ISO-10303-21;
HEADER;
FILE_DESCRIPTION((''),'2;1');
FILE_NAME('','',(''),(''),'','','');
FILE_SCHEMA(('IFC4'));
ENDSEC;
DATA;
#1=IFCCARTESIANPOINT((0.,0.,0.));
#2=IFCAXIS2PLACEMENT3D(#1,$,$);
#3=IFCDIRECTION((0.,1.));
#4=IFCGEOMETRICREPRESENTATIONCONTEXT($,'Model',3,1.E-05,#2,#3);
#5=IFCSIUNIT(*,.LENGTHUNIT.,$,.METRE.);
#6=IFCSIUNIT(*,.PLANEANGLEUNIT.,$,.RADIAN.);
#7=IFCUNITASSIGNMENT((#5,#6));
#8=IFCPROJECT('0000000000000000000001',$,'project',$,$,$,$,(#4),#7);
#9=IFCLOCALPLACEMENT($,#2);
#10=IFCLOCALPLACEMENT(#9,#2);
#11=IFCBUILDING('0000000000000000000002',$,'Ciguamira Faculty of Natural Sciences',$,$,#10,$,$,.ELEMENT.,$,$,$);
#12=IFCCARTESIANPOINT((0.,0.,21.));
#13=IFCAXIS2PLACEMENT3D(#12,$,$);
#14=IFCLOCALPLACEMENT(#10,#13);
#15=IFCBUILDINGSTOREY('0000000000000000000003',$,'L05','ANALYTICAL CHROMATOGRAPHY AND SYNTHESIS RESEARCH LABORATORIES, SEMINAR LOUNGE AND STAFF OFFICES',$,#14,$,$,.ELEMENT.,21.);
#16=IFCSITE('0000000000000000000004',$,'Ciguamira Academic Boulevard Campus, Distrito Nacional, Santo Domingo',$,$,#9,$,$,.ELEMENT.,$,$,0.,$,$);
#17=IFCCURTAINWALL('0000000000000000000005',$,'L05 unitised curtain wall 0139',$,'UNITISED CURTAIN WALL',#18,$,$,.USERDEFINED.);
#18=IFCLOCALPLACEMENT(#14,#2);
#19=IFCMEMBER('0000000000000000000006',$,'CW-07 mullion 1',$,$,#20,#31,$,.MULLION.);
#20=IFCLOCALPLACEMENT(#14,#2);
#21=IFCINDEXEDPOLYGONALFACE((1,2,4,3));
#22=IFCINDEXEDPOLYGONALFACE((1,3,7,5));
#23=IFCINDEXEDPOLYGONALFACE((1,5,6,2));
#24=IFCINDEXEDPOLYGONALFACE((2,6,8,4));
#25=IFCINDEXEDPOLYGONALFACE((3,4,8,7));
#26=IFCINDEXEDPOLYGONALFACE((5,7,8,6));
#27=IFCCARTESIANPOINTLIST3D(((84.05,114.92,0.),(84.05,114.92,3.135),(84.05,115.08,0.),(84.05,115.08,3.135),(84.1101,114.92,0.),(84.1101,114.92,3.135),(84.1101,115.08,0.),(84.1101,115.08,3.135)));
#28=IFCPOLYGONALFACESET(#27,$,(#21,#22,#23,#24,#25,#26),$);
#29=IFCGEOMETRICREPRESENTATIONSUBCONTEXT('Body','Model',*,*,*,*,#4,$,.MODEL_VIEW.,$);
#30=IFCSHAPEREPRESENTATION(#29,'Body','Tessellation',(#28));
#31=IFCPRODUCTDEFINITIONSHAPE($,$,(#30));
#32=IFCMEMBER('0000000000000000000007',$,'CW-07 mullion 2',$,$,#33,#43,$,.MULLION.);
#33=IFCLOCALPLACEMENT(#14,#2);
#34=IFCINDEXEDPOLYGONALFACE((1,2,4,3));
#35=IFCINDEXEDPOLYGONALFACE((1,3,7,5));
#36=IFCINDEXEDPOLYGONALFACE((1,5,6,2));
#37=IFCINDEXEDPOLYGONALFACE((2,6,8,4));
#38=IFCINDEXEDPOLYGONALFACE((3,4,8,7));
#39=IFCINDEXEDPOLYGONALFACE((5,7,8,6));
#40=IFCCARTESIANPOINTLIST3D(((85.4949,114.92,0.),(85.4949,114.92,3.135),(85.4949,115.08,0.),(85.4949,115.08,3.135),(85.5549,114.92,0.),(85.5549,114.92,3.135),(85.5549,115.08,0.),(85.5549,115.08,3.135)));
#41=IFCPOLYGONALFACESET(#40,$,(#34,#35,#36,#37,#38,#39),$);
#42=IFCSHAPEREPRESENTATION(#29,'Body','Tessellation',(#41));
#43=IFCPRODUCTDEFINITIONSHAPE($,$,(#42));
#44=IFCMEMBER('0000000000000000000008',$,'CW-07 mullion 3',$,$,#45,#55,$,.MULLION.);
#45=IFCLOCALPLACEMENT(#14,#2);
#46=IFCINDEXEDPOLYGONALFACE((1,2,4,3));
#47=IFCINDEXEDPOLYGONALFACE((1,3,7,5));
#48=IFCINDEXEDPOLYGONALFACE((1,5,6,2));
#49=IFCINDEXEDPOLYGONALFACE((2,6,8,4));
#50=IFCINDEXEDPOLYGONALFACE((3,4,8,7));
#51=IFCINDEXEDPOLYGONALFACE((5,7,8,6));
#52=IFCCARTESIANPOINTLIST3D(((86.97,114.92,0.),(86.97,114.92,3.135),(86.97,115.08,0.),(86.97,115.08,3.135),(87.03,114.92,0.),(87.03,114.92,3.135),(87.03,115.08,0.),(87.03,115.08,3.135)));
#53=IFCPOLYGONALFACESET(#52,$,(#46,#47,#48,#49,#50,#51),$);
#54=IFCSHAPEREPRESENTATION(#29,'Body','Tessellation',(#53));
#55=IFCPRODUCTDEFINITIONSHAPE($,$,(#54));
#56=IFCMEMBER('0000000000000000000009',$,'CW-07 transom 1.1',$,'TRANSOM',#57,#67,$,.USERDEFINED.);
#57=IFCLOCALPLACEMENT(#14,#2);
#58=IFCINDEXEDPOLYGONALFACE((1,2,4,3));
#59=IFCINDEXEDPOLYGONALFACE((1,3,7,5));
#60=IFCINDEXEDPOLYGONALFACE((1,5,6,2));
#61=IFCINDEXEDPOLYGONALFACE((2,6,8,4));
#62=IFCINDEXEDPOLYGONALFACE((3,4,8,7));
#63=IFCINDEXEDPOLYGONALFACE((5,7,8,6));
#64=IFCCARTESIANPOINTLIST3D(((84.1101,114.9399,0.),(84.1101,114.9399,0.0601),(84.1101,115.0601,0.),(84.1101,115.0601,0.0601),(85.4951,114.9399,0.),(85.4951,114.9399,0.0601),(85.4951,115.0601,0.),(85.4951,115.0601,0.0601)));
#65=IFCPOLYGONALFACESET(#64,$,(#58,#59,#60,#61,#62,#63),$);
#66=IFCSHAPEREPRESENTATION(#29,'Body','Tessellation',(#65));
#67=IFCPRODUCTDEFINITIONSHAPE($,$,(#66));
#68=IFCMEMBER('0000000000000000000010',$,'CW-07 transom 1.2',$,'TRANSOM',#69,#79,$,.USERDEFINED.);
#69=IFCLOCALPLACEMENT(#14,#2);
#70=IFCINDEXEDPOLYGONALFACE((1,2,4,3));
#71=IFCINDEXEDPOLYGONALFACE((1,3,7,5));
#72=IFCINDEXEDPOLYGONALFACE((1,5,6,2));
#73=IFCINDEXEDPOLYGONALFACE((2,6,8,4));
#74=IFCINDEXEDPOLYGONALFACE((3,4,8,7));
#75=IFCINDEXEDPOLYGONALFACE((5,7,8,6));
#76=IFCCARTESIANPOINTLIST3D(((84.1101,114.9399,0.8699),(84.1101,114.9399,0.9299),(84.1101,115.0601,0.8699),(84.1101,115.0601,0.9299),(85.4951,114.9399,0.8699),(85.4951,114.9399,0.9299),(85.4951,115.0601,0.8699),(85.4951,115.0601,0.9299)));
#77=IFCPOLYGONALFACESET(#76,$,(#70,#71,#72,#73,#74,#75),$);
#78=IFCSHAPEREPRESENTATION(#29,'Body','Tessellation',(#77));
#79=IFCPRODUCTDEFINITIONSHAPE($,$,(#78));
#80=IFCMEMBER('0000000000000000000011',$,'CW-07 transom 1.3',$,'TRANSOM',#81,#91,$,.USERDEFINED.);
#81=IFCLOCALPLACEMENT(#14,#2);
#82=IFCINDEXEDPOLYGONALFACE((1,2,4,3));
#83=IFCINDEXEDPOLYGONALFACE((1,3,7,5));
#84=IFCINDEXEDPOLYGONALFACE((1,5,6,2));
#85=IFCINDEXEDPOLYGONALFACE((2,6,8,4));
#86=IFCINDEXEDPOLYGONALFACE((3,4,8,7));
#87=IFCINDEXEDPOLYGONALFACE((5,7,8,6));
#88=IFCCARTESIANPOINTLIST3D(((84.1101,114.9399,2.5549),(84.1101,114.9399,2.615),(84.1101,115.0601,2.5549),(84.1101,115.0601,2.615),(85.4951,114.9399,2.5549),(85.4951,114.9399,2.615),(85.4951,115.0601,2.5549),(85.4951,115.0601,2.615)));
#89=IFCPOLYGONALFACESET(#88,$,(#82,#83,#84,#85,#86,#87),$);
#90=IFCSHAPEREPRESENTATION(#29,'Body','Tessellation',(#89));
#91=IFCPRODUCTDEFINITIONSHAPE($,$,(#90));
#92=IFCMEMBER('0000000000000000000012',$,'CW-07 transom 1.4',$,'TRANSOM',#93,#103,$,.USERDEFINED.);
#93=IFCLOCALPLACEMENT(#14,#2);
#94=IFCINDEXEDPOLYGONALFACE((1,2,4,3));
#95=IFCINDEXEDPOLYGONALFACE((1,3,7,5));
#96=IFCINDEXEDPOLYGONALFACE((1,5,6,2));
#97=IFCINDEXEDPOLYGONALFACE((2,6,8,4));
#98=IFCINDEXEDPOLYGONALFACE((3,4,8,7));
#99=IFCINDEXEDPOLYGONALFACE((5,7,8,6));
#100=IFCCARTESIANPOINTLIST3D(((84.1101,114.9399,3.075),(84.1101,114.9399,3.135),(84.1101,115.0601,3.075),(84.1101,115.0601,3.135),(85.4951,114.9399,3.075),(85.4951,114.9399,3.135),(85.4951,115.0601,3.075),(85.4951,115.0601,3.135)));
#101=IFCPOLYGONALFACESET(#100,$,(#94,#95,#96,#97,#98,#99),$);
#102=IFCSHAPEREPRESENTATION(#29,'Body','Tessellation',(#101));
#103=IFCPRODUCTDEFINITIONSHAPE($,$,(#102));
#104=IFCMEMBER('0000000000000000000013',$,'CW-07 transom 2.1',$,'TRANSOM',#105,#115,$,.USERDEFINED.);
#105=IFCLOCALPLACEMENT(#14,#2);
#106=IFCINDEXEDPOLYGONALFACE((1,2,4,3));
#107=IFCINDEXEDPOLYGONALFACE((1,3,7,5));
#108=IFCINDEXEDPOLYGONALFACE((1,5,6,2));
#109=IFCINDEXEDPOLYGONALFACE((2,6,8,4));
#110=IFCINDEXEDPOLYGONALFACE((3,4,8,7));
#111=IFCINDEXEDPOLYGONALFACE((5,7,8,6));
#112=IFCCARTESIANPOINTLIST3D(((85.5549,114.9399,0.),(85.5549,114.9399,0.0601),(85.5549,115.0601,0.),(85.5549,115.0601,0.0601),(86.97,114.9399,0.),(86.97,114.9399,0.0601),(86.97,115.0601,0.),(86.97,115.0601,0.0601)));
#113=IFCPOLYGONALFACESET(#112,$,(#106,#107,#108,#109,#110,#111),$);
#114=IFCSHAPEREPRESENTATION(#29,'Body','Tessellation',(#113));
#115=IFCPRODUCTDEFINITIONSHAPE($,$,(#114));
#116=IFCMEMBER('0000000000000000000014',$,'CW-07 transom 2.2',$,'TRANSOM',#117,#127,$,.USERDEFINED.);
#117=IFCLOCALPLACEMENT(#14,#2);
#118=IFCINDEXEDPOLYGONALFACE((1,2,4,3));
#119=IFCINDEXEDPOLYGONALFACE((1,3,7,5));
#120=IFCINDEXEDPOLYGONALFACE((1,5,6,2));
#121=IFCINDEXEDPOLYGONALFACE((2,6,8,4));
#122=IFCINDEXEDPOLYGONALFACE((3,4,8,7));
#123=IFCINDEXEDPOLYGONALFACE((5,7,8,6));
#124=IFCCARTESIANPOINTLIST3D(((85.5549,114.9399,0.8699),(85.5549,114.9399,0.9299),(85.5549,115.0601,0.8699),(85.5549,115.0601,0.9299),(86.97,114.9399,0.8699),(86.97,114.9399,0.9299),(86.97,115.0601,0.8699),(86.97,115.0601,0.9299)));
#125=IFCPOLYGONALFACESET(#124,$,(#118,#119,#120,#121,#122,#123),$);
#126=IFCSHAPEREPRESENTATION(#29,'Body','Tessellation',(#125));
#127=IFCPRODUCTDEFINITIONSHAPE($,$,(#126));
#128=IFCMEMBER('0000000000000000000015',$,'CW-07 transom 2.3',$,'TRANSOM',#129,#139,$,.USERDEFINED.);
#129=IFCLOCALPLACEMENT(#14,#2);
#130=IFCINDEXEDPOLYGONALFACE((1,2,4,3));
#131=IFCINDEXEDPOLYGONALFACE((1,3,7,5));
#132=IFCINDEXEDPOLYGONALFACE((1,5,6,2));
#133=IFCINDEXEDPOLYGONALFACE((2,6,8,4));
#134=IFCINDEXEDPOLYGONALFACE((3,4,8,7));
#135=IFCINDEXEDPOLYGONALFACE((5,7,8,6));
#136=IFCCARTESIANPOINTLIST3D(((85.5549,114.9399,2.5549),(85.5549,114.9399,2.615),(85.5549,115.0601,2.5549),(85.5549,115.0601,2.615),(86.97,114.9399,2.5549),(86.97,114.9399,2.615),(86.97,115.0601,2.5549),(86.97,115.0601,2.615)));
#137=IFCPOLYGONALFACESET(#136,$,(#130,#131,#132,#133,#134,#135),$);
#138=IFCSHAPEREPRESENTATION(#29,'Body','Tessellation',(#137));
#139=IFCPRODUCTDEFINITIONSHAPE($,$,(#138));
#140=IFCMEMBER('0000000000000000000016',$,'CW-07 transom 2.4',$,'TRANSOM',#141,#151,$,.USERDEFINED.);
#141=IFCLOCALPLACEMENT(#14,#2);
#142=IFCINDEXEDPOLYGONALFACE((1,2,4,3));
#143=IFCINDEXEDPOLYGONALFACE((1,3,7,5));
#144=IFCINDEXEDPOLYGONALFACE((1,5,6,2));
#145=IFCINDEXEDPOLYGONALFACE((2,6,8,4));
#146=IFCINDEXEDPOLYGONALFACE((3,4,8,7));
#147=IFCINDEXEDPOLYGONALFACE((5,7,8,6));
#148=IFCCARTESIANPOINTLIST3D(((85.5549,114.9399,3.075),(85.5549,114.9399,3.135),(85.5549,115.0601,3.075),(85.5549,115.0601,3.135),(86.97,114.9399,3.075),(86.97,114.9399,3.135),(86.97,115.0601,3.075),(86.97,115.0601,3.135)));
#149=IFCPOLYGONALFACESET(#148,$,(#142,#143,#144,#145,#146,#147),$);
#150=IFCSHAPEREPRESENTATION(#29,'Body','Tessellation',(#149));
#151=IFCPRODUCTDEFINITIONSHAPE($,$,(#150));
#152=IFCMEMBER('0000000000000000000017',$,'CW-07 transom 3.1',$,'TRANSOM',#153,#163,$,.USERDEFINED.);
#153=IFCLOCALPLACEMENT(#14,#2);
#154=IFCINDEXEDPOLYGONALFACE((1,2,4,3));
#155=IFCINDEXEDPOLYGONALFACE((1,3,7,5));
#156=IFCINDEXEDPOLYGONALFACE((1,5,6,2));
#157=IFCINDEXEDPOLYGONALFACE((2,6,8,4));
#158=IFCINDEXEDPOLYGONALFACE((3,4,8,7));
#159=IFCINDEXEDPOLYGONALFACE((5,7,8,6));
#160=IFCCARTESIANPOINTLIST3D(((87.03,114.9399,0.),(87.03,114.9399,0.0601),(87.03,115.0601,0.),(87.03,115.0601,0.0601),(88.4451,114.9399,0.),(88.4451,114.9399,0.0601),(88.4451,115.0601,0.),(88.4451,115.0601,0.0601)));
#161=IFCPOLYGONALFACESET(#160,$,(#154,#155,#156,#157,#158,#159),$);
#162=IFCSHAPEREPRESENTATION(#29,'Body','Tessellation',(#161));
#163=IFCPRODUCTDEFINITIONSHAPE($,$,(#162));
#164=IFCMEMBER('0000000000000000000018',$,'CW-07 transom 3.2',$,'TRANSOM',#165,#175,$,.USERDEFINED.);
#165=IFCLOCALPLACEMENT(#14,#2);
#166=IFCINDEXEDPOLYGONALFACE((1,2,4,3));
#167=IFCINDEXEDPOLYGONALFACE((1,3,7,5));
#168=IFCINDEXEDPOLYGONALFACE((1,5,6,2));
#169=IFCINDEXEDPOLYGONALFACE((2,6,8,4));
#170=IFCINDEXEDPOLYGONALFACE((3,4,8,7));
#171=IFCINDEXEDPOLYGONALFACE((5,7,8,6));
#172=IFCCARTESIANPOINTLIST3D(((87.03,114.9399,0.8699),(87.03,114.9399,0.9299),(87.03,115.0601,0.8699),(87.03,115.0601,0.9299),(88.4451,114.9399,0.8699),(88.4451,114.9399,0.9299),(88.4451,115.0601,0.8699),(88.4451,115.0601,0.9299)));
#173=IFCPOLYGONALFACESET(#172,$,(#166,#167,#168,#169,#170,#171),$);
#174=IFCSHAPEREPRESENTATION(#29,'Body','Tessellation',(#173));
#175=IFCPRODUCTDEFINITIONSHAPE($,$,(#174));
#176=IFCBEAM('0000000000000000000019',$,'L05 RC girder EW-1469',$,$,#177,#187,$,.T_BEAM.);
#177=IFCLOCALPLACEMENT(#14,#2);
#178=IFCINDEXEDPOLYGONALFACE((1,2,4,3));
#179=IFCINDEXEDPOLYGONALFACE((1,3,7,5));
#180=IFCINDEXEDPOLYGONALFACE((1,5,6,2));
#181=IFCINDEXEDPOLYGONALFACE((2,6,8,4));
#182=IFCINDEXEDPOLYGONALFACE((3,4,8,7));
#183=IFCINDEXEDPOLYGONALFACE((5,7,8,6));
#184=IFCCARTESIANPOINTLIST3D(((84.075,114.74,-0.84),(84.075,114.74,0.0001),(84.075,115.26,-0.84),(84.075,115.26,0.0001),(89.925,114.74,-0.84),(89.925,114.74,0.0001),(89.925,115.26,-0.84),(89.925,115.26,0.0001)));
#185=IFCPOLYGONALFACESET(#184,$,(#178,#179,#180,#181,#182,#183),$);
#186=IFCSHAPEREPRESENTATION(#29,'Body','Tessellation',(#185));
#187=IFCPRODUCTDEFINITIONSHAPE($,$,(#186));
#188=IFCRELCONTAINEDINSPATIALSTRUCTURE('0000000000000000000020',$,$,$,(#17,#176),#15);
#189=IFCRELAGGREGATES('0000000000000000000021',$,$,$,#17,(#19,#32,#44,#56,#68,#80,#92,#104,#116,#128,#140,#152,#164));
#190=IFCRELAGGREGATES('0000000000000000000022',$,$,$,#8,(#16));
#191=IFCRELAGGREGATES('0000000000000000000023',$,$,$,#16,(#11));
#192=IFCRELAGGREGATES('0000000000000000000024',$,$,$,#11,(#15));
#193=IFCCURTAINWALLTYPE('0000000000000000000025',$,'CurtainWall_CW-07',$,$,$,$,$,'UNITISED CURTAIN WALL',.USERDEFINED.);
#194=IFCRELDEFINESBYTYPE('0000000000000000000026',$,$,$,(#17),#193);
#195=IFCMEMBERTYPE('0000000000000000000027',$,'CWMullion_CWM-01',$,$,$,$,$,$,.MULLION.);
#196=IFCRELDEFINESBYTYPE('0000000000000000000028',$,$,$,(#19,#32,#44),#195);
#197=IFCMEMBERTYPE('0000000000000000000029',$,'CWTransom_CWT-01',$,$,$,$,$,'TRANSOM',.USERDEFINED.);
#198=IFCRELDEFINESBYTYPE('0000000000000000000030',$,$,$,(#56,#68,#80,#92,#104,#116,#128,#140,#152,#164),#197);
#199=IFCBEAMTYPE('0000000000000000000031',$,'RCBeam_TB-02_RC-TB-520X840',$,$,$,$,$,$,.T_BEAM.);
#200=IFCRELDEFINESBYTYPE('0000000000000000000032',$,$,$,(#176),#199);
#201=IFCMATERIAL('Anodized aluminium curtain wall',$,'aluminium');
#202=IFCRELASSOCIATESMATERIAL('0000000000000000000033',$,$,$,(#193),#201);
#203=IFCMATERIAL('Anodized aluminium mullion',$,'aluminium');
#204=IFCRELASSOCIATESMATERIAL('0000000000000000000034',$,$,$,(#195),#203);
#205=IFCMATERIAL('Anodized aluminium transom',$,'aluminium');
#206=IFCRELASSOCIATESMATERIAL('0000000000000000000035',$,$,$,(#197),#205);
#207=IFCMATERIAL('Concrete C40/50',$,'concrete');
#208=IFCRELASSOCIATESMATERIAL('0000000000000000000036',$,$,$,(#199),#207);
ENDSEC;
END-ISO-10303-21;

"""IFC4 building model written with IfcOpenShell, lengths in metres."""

from ifc_helpers import new_model, si_unit, direction, frame, origin, origin_2d, place, context, subcontext, project, spatial, rectangle, extrude, material, material_profile, profile_set, type_object, element, aggregate, save


model = new_model("IFC4")

# Units and contexts
model_context = context("Model", 3, precision=1e-05, world=origin(), true_north=direction((0.0, 1.0)))
body_context = subcontext(model_context, "Body", "Model", "MODEL_VIEW")
ifc_project = project(units=[si_unit("LENGTHUNIT", "METRE"), si_unit("PLANEANGLEUNIT", "RADIAN")], contexts=[model_context])

# Site, building, storey
site_placement = place(None, origin())
site = spatial("IfcSite", under=ifc_project, at=site_placement, Name="Ciguamira Academic Boulevard Campus, Distrito Nacional, Santo Domingo", CompositionType="ELEMENT", RefElevation=0.0)
building_placement = place(site_placement, origin())
building = spatial("IfcBuilding", under=site, at=building_placement, Name="Ciguamira Faculty of Natural Sciences", CompositionType="ELEMENT")
storey_placement = place(building_placement, frame((0.0, 0.0, 21.0)))
storey = spatial("IfcBuildingStorey", under=building, at=storey_placement, Name="L05", Description="ANALYTICAL CHROMATOGRAPHY AND SYNTHESIS RESEARCH LABORATORIES, SEMINAR LOUNGE AND STAFF OFFICES", CompositionType="ELEMENT", Elevation=21.0)

# Curtain wall, members
ifc_material_1 = material(Name="Anodized aluminium curtain wall", Category="aluminium")
curtain_wall_type = type_object("IfcCurtainWallType", Name="CurtainWall_CW-07", ElementType="UNITISED CURTAIN WALL", PredefinedType="USERDEFINED", material=ifc_material_1)
curtain_wall_placement = place(storey_placement, origin())
curtain_wall = element("IfcCurtainWall", 1, at=curtain_wall_placement, inside=storey, type_object=curtain_wall_type, Name="L05 unitised curtain wall 0139", ObjectType="UNITISED CURTAIN WALL", PredefinedType="USERDEFINED")
ifc_material_2 = material(Name="Anodized aluminium mullion", Category="aluminium")
ifc_material_profile_1 = material_profile(ifc_material_2, rectangle(XDim=0.0601, YDim=0.1599, at=origin_2d()), Name="ALU-MUL-60X160")
ifc_profile_set_1 = profile_set([ifc_material_profile_1], Name="Anodized aluminium mullion")
member_type_1 = type_object("IfcMemberType", Name="CWMullion_CWM-01", PredefinedType="MULLION", material=ifc_profile_set_1)
member_1_placement = place(storey_placement, frame((84.0801, 115.0, 0.0), z_axis=(0.0, 0.0, 1.0), x_axis=(1.0, 0.0, 0.0)))
member_1 = element("IfcMember", 2, at=member_1_placement, type_object=member_type_1, Name="CW-07 mullion 1", PredefinedType="MULLION", context=body_context, shape_type="SweptSolid", body=[
    extrude(rectangle(XDim=0.0601, YDim=0.1599, at=origin_2d()), origin(), (0.0, 0.0, 1.0), 3.135),
])
member_2_placement = place(storey_placement, frame((85.5249, 115.0, 0.0), z_axis=(0.0, 0.0, 1.0), x_axis=(1.0, 0.0, 0.0)))
member_2 = element("IfcMember", 3, at=member_2_placement, type_object=member_type_1, Name="CW-07 mullion 2", PredefinedType="MULLION", context=body_context, shape_type="SweptSolid", body=[
    extrude(rectangle(XDim=0.0601, YDim=0.1599, at=origin_2d()), origin(), (0.0, 0.0, 1.0), 3.135),
])
member_3_placement = place(storey_placement, frame((87.0, 115.0, 0.0), z_axis=(0.0, 0.0, 1.0), x_axis=(1.0, 0.0, 0.0)))
member_3 = element("IfcMember", 4, at=member_3_placement, type_object=member_type_1, Name="CW-07 mullion 3", PredefinedType="MULLION", context=body_context, shape_type="SweptSolid", body=[
    extrude(rectangle(XDim=0.0601, YDim=0.1599, at=origin_2d()), origin(), (0.0, 0.0, 1.0), 3.135),
])
ifc_material_3 = material(Name="Anodized aluminium transom", Category="aluminium")
ifc_material_profile_2 = material_profile(ifc_material_3, rectangle(XDim=0.0601, YDim=0.1201, at=origin_2d()), Name="ALU-TRN-60X120")
ifc_profile_set_2 = profile_set([ifc_material_profile_2], Name="Anodized aluminium transom")
member_type_2 = type_object("IfcMemberType", Name="CWTransom_CWT-01", ElementType="TRANSOM", PredefinedType="USERDEFINED", material=ifc_profile_set_2)
member_4_placement = place(storey_placement, frame((84.1101, 115.0, 0.03), z_axis=(1.0, 0.0, 0.0), x_axis=(0.0, 0.0, 1.0)))
member_4 = element("IfcMember", 5, at=member_4_placement, type_object=member_type_2, Name="CW-07 transom 1.1", ObjectType="TRANSOM", PredefinedType="USERDEFINED", context=body_context, shape_type="SweptSolid", body=[
    extrude(rectangle(XDim=0.0601, YDim=0.1201, at=origin_2d()), origin(), (0.0, 0.0, 1.0), 1.385),
])
member_5_placement = place(storey_placement, frame((84.1101, 115.0, 0.8999), z_axis=(1.0, 0.0, 0.0), x_axis=(0.0, 0.0, 1.0)))
member_5 = element("IfcMember", 6, at=member_5_placement, type_object=member_type_2, Name="CW-07 transom 1.2", ObjectType="TRANSOM", PredefinedType="USERDEFINED", context=body_context, shape_type="SweptSolid", body=[
    extrude(rectangle(XDim=0.0601, YDim=0.1201, at=origin_2d()), origin(), (0.0, 0.0, 1.0), 1.385),
])
member_6_placement = place(storey_placement, frame((84.1101, 115.0, 2.585), z_axis=(1.0, 0.0, 0.0), x_axis=(0.0, 0.0, 1.0)))
member_6 = element("IfcMember", 7, at=member_6_placement, type_object=member_type_2, Name="CW-07 transom 1.3", ObjectType="TRANSOM", PredefinedType="USERDEFINED", context=body_context, shape_type="SweptSolid", body=[
    extrude(rectangle(XDim=0.0601, YDim=0.1201, at=origin_2d()), origin(), (0.0, 0.0, 1.0), 1.385),
])
member_7_placement = place(storey_placement, frame((84.1101, 115.0, 3.105), z_axis=(1.0, 0.0, 0.0), x_axis=(0.0, 0.0, 1.0)))
member_7 = element("IfcMember", 8, at=member_7_placement, type_object=member_type_2, Name="CW-07 transom 1.4", ObjectType="TRANSOM", PredefinedType="USERDEFINED", context=body_context, shape_type="SweptSolid", body=[
    extrude(rectangle(XDim=0.0601, YDim=0.1201, at=origin_2d()), origin(), (0.0, 0.0, 1.0), 1.385),
])
member_8_placement = place(storey_placement, frame((85.5549, 115.0, 0.03), z_axis=(1.0, 0.0, 0.0), x_axis=(0.0, 0.0, 1.0)))
member_8 = element("IfcMember", 9, at=member_8_placement, type_object=member_type_2, Name="CW-07 transom 2.1", ObjectType="TRANSOM", PredefinedType="USERDEFINED", context=body_context, shape_type="SweptSolid", body=[
    extrude(rectangle(XDim=0.0601, YDim=0.1201, at=origin_2d()), origin(), (0.0, 0.0, 1.0), 1.415),
])
member_9_placement = place(storey_placement, frame((85.5549, 115.0, 0.8999), z_axis=(1.0, 0.0, 0.0), x_axis=(0.0, 0.0, 1.0)))
member_9 = element("IfcMember", 10, at=member_9_placement, type_object=member_type_2, Name="CW-07 transom 2.2", ObjectType="TRANSOM", PredefinedType="USERDEFINED", context=body_context, shape_type="SweptSolid", body=[
    extrude(rectangle(XDim=0.0601, YDim=0.1201, at=origin_2d()), origin(), (0.0, 0.0, 1.0), 1.415),
])
member_10_placement = place(storey_placement, frame((85.5549, 115.0, 2.585), z_axis=(1.0, 0.0, 0.0), x_axis=(0.0, 0.0, 1.0)))
member_10 = element("IfcMember", 11, at=member_10_placement, type_object=member_type_2, Name="CW-07 transom 2.3", ObjectType="TRANSOM", PredefinedType="USERDEFINED", context=body_context, shape_type="SweptSolid", body=[
    extrude(rectangle(XDim=0.0601, YDim=0.1201, at=origin_2d()), origin(), (0.0, 0.0, 1.0), 1.415),
])
member_11_placement = place(storey_placement, frame((85.5549, 115.0, 3.105), z_axis=(1.0, 0.0, 0.0), x_axis=(0.0, 0.0, 1.0)))
member_11 = element("IfcMember", 12, at=member_11_placement, type_object=member_type_2, Name="CW-07 transom 2.4", ObjectType="TRANSOM", PredefinedType="USERDEFINED", context=body_context, shape_type="SweptSolid", body=[
    extrude(rectangle(XDim=0.0601, YDim=0.1201, at=origin_2d()), origin(), (0.0, 0.0, 1.0), 1.415),
])
member_12_placement = place(storey_placement, frame((87.03, 115.0, 0.03), z_axis=(1.0, 0.0, 0.0), x_axis=(0.0, 0.0, 1.0)))
member_12 = element("IfcMember", 13, at=member_12_placement, type_object=member_type_2, Name="CW-07 transom 3.1", ObjectType="TRANSOM", PredefinedType="USERDEFINED", context=body_context, shape_type="SweptSolid", body=[
    extrude(rectangle(XDim=0.0601, YDim=0.1201, at=origin_2d()), origin(), (0.0, 0.0, 1.0), 1.415),
])
member_13_placement = place(storey_placement, frame((87.03, 115.0, 0.8999), z_axis=(1.0, 0.0, 0.0), x_axis=(0.0, 0.0, 1.0)))
member_13 = element("IfcMember", 14, at=member_13_placement, type_object=member_type_2, Name="CW-07 transom 3.2", ObjectType="TRANSOM", PredefinedType="USERDEFINED", context=body_context, shape_type="SweptSolid", body=[
    extrude(rectangle(XDim=0.0601, YDim=0.1201, at=origin_2d()), origin(), (0.0, 0.0, 1.0), 1.415),
])

# Beam
ifc_material_4 = material(Name="Concrete C40/50", Category="concrete")
ifc_material_profile_3 = material_profile(ifc_material_4, rectangle(XDim=0.52, YDim=0.8401, at=origin_2d()), Name="RC-TB-520X840")
ifc_profile_set_3 = profile_set([ifc_material_profile_3], Name="Concrete C40/50")
beam_type = type_object("IfcBeamType", Name="RCBeam_TB-02_RC-TB-520X840", PredefinedType="T_BEAM", material=ifc_profile_set_3)
beam_placement = place(storey_placement, frame((84.075, 115.0, -0.4199), z_axis=(1.0, 0.0, 0.0), x_axis=(0.0, 1.0, 0.0)))
element("IfcBeam", 15, at=beam_placement, inside=storey, type_object=beam_type, Name="L05 RC girder EW-1469", PredefinedType="T_BEAM", context=body_context, shape_type="SweptSolid", body=[
    extrude(rectangle(XDim=0.52, YDim=0.8401, at=origin_2d()), origin(), (0.0, 0.0, 1.0), 5.8501),
])

aggregate(curtain_wall, [member_1, member_2, member_3, member_4, member_5, member_6, member_7, member_8, member_9, member_10, member_11, member_12, member_13])

save(model, "model.ifc")
